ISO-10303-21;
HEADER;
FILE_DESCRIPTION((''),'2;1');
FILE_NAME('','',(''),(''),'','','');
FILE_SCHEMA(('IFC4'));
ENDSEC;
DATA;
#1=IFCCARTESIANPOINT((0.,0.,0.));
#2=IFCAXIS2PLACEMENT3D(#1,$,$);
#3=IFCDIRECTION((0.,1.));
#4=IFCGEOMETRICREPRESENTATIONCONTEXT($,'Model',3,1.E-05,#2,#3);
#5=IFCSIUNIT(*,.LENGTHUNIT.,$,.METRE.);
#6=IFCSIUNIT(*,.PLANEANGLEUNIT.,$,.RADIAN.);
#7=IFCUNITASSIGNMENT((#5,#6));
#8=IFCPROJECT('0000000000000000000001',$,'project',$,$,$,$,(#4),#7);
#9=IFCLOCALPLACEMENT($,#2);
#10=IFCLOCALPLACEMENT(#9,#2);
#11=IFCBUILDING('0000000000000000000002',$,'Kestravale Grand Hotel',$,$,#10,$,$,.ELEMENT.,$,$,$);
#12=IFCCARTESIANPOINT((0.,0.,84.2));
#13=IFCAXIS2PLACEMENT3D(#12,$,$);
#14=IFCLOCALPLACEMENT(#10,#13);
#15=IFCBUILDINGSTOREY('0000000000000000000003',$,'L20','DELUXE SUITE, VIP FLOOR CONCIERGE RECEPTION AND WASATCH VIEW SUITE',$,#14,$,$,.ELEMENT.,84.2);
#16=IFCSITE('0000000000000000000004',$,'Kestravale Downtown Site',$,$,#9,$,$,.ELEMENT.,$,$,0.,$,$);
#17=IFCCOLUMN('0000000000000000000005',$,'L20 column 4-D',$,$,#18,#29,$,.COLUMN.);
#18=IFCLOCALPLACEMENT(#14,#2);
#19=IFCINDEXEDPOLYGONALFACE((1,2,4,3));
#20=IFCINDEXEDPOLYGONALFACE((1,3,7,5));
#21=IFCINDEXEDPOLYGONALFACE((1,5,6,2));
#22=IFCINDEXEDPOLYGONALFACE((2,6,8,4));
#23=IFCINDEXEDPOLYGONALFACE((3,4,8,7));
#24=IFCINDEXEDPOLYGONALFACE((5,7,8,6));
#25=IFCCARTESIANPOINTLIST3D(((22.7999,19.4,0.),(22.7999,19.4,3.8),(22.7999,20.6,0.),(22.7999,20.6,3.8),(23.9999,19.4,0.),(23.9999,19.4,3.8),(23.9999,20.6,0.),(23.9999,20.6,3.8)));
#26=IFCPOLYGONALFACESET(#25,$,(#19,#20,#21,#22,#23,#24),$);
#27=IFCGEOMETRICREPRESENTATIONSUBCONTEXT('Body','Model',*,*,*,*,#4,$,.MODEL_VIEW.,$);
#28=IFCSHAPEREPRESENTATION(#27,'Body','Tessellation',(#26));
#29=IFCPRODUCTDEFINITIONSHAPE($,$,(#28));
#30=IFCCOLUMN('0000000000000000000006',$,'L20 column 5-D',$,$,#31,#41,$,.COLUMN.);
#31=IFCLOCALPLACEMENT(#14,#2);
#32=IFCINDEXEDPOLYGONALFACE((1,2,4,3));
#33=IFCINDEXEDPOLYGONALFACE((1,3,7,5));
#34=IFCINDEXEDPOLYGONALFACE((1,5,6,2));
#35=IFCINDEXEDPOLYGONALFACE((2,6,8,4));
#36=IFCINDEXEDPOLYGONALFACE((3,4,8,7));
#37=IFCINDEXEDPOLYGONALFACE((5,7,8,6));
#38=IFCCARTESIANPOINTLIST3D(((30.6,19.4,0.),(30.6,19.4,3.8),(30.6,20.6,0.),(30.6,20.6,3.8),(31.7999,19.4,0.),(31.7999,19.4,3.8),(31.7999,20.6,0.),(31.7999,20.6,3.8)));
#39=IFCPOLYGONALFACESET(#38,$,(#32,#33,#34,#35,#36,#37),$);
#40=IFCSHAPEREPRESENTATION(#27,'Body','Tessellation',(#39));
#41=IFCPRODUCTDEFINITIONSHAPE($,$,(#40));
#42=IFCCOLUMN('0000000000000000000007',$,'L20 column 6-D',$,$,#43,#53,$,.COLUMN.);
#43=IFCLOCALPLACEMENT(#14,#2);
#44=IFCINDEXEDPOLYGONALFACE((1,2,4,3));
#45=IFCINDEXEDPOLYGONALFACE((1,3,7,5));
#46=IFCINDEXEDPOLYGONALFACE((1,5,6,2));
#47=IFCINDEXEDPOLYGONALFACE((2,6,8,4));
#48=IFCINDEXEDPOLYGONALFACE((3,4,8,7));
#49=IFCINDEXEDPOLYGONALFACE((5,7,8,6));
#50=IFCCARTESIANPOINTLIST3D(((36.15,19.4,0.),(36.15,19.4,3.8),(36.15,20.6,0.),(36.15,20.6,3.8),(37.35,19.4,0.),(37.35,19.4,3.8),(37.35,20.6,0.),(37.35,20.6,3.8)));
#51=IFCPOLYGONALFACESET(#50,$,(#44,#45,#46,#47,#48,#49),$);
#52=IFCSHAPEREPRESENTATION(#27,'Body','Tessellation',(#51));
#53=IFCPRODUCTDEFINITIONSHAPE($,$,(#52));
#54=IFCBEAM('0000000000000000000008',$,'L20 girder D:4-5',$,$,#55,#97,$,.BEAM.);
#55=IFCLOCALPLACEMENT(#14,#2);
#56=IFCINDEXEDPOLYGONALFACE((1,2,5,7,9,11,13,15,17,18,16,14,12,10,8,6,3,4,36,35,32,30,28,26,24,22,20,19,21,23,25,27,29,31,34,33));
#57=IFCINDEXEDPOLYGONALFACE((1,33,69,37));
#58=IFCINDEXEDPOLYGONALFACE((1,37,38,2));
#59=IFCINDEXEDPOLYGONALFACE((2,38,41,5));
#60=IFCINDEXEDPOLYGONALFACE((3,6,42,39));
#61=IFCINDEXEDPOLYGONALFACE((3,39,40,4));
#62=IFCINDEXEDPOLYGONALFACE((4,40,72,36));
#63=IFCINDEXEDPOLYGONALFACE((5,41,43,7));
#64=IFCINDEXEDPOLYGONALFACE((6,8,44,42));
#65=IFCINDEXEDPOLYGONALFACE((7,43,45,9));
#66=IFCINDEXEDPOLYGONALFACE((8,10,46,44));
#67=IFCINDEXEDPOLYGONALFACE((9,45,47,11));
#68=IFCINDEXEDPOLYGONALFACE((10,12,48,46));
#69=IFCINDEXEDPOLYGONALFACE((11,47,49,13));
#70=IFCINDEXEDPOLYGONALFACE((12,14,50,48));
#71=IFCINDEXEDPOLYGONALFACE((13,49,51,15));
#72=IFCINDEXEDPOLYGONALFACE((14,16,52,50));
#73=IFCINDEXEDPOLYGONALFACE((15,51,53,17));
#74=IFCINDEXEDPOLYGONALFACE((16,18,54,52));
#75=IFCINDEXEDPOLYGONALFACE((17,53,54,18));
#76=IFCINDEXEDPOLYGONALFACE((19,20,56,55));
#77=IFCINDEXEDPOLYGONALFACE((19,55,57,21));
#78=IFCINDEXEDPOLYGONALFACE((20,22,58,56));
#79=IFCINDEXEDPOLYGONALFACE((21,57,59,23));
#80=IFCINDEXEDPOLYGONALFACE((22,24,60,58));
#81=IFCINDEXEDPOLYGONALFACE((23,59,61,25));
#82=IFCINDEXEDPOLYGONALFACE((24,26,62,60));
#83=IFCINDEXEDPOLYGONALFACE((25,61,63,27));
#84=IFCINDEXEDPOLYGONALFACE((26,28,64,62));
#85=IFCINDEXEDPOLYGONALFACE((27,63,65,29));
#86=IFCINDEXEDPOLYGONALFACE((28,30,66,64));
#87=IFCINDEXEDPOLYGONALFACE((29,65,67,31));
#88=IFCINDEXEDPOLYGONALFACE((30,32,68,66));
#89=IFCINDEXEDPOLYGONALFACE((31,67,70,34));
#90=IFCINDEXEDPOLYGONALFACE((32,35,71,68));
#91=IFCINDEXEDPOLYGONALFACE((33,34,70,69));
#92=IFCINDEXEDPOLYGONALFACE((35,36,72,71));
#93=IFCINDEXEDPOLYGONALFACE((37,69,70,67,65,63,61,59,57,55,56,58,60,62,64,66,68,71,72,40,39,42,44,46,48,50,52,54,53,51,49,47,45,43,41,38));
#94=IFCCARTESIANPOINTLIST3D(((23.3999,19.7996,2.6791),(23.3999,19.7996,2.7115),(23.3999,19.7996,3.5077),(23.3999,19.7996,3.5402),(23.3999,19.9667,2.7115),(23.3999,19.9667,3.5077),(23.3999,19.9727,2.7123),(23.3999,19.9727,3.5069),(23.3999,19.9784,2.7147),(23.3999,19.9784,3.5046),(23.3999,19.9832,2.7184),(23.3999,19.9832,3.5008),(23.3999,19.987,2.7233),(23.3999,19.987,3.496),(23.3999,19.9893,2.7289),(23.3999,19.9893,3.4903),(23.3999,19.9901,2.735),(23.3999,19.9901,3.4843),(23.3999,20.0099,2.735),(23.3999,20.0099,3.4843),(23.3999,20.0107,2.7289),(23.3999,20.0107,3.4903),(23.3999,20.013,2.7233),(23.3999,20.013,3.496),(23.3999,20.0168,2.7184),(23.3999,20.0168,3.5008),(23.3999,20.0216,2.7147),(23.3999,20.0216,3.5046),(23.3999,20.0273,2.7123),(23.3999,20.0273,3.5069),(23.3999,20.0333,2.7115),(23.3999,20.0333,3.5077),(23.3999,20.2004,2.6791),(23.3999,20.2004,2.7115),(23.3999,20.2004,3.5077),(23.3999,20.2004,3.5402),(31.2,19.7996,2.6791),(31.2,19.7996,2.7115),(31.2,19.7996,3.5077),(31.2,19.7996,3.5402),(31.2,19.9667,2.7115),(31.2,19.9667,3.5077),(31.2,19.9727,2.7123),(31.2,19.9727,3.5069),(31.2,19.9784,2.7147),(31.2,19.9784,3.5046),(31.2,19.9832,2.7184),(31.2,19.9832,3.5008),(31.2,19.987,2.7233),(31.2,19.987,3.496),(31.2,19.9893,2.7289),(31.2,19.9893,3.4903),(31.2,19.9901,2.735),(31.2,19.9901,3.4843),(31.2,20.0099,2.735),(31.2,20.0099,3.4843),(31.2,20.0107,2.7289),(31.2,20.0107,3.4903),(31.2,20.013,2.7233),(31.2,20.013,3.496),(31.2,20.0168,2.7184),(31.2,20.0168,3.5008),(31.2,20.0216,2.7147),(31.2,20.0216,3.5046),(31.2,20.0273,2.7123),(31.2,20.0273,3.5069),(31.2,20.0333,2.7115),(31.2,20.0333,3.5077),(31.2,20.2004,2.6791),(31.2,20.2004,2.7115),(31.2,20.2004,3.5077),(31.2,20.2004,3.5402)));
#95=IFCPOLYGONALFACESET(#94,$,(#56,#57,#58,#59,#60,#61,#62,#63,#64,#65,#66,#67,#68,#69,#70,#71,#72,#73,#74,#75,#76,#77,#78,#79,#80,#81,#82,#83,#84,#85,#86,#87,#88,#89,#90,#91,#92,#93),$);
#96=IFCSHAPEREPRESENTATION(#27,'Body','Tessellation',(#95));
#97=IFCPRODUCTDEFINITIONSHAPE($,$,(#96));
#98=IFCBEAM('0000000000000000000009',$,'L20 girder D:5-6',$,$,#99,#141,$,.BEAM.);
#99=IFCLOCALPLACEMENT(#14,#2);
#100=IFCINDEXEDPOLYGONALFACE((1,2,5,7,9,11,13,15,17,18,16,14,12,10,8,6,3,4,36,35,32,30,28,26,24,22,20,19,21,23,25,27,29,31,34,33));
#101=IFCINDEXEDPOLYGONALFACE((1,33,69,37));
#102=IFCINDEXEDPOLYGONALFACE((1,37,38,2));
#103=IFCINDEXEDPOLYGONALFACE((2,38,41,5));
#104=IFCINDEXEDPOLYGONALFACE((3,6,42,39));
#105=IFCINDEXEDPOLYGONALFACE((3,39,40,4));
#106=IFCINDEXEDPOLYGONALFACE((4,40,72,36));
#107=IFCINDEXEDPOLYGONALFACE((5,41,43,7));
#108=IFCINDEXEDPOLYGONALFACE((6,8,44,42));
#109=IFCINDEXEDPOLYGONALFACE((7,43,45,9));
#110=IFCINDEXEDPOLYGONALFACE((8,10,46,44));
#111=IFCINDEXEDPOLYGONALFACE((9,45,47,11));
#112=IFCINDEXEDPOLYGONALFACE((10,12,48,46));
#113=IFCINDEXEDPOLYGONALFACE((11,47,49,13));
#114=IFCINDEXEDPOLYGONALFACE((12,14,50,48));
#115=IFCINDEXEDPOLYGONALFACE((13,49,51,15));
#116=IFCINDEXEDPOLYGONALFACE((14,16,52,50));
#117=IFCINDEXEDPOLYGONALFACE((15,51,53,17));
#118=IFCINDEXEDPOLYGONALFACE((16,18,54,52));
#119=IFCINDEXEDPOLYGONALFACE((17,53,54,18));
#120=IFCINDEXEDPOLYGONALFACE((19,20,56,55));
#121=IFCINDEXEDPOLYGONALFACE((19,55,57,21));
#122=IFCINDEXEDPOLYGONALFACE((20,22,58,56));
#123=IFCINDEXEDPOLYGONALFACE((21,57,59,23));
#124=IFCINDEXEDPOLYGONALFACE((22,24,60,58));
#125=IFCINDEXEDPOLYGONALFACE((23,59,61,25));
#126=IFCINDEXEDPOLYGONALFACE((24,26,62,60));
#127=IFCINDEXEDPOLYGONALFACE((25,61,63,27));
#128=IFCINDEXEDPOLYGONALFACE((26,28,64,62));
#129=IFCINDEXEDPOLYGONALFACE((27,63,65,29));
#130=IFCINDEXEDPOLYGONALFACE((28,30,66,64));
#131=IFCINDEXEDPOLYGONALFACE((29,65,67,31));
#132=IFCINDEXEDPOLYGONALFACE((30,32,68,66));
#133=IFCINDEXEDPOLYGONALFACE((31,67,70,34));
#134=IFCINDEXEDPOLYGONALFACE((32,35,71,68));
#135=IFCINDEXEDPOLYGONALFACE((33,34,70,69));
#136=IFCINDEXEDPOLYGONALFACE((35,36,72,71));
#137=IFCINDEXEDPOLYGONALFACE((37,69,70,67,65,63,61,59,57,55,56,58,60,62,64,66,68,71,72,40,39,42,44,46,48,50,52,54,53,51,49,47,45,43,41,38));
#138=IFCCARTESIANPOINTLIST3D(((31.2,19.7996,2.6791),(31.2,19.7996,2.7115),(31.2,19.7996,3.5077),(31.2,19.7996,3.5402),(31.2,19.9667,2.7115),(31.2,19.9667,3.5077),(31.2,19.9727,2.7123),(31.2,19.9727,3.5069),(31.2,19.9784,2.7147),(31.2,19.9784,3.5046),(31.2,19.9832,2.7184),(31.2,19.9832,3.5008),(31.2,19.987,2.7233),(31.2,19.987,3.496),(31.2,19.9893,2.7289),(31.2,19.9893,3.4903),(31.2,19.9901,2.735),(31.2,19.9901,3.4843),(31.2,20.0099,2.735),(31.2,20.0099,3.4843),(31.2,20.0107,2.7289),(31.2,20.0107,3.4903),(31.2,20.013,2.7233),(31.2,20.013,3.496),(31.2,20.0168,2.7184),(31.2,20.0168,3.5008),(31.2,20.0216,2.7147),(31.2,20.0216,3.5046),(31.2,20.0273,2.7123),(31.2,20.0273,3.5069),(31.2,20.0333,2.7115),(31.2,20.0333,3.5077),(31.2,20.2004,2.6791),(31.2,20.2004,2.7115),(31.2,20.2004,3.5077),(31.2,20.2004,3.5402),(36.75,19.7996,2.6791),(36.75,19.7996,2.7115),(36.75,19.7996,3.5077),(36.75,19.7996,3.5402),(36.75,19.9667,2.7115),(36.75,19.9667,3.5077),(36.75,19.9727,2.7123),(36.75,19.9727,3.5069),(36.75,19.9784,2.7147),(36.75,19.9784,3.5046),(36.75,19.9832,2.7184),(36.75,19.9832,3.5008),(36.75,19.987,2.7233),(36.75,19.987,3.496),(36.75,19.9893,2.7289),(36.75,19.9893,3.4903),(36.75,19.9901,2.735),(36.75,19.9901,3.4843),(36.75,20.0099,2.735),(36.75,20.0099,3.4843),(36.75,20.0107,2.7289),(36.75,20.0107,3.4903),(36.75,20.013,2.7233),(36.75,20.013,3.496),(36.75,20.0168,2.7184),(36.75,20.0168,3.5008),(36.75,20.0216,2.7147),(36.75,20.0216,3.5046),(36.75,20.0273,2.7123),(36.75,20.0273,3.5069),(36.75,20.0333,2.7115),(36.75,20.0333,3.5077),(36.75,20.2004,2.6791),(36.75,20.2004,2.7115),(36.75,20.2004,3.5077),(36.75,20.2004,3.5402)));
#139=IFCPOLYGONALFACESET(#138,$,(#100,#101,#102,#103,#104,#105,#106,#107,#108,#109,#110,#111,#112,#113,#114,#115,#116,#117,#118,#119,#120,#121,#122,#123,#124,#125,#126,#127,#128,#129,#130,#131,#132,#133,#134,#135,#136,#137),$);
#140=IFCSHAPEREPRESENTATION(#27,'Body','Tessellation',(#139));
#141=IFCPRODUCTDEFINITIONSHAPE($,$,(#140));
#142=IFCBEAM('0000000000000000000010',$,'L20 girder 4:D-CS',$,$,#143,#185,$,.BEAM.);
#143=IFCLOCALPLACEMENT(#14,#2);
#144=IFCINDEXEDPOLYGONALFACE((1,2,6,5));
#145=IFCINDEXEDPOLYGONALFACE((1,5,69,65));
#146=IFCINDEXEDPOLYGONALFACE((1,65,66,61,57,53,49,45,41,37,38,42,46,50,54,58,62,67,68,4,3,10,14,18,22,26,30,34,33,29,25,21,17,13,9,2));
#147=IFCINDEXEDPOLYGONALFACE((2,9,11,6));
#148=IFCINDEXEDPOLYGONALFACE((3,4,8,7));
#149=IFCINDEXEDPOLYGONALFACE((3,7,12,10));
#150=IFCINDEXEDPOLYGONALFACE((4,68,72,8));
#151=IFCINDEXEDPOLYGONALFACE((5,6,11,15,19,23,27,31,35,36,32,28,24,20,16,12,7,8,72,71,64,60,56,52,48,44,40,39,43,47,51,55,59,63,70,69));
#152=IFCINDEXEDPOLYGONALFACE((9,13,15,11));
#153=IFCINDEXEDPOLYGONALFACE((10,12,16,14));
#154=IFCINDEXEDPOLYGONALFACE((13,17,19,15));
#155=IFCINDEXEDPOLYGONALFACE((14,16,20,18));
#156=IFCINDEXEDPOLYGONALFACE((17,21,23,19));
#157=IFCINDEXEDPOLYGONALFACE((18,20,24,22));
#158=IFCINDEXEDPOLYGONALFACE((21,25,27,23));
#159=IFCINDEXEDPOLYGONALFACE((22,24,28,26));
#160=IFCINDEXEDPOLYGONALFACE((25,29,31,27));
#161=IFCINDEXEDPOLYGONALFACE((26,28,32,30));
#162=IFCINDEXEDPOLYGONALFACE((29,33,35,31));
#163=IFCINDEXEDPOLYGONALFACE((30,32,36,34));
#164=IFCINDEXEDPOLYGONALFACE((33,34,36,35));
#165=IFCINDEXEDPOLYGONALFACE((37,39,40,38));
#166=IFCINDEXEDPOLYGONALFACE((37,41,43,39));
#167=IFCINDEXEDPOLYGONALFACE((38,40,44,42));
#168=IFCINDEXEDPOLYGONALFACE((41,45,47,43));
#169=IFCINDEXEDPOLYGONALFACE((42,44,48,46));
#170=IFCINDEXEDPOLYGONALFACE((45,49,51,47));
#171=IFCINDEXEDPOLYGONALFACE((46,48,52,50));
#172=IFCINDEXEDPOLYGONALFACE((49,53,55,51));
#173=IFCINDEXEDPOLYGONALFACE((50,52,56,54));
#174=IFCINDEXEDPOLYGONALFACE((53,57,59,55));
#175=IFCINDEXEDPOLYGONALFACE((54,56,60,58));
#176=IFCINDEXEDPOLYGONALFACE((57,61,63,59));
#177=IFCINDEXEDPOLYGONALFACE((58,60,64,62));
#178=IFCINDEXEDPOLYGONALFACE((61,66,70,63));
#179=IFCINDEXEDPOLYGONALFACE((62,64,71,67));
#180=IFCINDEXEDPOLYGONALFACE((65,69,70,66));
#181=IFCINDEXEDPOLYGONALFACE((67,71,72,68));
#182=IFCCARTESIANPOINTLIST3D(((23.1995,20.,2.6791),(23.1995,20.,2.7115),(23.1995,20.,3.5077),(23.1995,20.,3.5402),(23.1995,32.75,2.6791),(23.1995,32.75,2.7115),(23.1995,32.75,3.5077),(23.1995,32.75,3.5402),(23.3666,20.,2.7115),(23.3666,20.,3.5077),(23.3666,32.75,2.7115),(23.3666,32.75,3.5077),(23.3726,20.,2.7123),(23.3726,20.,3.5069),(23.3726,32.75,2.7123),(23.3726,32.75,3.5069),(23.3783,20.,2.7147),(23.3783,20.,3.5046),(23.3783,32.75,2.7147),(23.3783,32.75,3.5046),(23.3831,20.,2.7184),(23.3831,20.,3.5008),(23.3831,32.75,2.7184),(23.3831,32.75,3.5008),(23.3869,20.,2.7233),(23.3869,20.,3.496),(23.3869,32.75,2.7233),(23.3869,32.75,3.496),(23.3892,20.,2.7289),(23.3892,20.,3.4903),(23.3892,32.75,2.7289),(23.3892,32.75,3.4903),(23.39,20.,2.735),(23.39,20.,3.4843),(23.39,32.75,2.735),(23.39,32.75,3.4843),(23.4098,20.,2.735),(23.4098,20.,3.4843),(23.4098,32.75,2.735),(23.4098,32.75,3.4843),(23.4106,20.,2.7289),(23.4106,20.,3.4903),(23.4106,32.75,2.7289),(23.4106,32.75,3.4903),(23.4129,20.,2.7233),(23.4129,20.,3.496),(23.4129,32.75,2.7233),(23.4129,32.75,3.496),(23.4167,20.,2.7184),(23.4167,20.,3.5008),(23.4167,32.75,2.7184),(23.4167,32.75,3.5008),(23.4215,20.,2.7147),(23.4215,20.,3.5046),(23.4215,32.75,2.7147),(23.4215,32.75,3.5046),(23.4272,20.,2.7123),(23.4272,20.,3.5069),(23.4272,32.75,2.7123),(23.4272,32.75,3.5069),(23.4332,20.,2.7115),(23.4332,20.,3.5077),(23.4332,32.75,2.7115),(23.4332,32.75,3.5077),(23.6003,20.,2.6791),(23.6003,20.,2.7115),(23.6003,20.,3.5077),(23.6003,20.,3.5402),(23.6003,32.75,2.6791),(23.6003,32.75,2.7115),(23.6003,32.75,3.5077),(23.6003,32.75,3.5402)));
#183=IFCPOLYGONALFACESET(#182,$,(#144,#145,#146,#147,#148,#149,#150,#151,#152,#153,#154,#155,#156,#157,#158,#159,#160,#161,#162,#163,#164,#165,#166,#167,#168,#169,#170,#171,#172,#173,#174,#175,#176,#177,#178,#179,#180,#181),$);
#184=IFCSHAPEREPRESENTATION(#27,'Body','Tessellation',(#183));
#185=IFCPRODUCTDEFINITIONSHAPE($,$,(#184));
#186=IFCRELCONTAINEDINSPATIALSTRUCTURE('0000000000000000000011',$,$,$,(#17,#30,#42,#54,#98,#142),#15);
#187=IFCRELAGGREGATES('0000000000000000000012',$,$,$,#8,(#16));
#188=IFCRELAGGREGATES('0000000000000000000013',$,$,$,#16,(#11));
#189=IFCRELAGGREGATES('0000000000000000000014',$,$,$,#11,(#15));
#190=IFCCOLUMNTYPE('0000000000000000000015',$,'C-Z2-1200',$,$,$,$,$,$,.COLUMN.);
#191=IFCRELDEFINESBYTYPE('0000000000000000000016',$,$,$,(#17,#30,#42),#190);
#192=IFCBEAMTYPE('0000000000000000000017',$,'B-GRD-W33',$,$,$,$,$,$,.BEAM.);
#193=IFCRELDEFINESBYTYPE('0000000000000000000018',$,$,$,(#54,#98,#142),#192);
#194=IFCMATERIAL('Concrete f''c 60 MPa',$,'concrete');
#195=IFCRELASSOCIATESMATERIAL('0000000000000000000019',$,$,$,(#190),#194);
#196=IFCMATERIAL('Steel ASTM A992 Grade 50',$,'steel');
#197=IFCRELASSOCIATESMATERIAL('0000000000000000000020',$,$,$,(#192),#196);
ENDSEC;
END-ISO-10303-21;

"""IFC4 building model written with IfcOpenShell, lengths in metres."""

from ifc_helpers import new_model, si_unit, direction, frame, origin, origin_2d, place, context, subcontext, project, spatial, rectangle, i_section, extrude, material, material_profile, profile_set, type_object, element, save


model = new_model("IFC4")

# Units and contexts
model_context = context("Model", 3, precision=1e-05, world=origin(), true_north=direction((0.0, 1.0)))
body_context = subcontext(model_context, "Body", "Model", "MODEL_VIEW")
ifc_project = project(units=[si_unit("LENGTHUNIT", "METRE"), si_unit("PLANEANGLEUNIT", "RADIAN")], contexts=[model_context])

# Site, building, storey
site_placement = place(None, origin())
site = spatial("IfcSite", under=ifc_project, at=site_placement, Name="Kestravale Downtown Site", CompositionType="ELEMENT", RefElevation=0.0)
building_placement = place(site_placement, origin())
building = spatial("IfcBuilding", under=site, at=building_placement, Name="Kestravale Grand Hotel", CompositionType="ELEMENT")
storey_placement = place(building_placement, frame((0.0, 0.0, 84.2)))
storey = spatial("IfcBuildingStorey", under=building, at=storey_placement, Name="L20", Description="DELUXE SUITE, VIP FLOOR CONCIERGE RECEPTION AND WASATCH VIEW SUITE", CompositionType="ELEMENT", Elevation=84.2)

# Columns
ifc_material_1 = material(Name="Concrete f'c 60 MPa", Category="concrete")
ifc_material_profile_1 = material_profile(ifc_material_1, rectangle(XDim=1.2, YDim=1.2, at=origin_2d()))
ifc_profile_set_1 = profile_set([ifc_material_profile_1], Name="Concrete f'c 60 MPa")
column_type = type_object("IfcColumnType", Name="C-Z2-1200", PredefinedType="COLUMN", material=ifc_profile_set_1)
for number, where, z_axis, x_axis, name in (
    (1, (23.3999, 20.0, 0.0), (0.0, 0.0, 1.0), (1.0, 0.0, 0.0), "L20 column 4-D"),
    (2, (31.2, 20.0, 0.0), (0.0, 0.0, 1.0), (1.0, 0.0, 0.0), "L20 column 5-D"),
    (3, (36.75, 20.0, 0.0), (0.0, 0.0, 1.0), (1.0, 0.0, 0.0), "L20 column 6-D"),
):
    element("IfcColumn", number, at=place(storey_placement, frame(where, z_axis=z_axis, x_axis=x_axis)), inside=storey, type_object=column_type, Name=name, PredefinedType="COLUMN", context=body_context, shape_type="SweptSolid", body=[
        extrude(rectangle(XDim=1.2, YDim=1.2, at=origin_2d()), origin(), (0.0, 0.0, 1.0), 3.8),
    ])

# Beams
ifc_material_2 = material(Name="Steel ASTM A992 Grade 50", Category="steel")
ifc_material_profile_2 = material_profile(ifc_material_2, i_section(OverallWidth=0.4009, OverallDepth=0.8611, WebThickness=0.0198, FlangeThickness=0.0325, FilletRadius=0.0234, at=origin_2d()))
ifc_profile_set_2 = profile_set([ifc_material_profile_2], Name="Steel ASTM A992 Grade 50")
beam_type = type_object("IfcBeamType", Name="B-GRD-W33", PredefinedType="BEAM", material=ifc_profile_set_2)
beam_1_placement = place(storey_placement, frame((23.3999, 20.0, 3.1096), z_axis=(1.0, 0.0, 0.0), x_axis=(0.0, 1.0, 0.0)))
element("IfcBeam", 4, at=beam_1_placement, inside=storey, type_object=beam_type, Name="L20 girder D:4-5", PredefinedType="BEAM", context=body_context, shape_type="SweptSolid", body=[
    extrude(i_section(OverallWidth=0.4009, OverallDepth=0.8611, WebThickness=0.0198, FlangeThickness=0.0325, FilletRadius=0.0234, at=origin_2d()), origin(), (0.0, 0.0, 1.0), 7.8),
])
beam_2_placement = place(storey_placement, frame((31.2, 20.0, 3.1096), z_axis=(1.0, 0.0, 0.0), x_axis=(0.0, 1.0, 0.0)))
element("IfcBeam", 5, at=beam_2_placement, inside=storey, type_object=beam_type, Name="L20 girder D:5-6", PredefinedType="BEAM", context=body_context, shape_type="SweptSolid", body=[
    extrude(i_section(OverallWidth=0.4009, OverallDepth=0.8611, WebThickness=0.0198, FlangeThickness=0.0325, FilletRadius=0.0234, at=origin_2d()), origin(), (0.0, 0.0, 1.0), 5.55),
])
for number, where, z_axis, x_axis, name in (
    (6, (23.3999, 20.0, 3.1096), (0.0, 1.0, 0.0), (-1.0, 0.0, 0.0), "L20 girder 4:D-CS"),
):
    element("IfcBeam", number, at=place(storey_placement, frame(where, z_axis=z_axis, x_axis=x_axis)), inside=storey, type_object=beam_type, Name=name, PredefinedType="BEAM", context=body_context, shape_type="SweptSolid", body=[
        extrude(i_section(OverallWidth=0.4009, OverallDepth=0.8611, WebThickness=0.0198, FlangeThickness=0.0325, FilletRadius=0.0234, at=origin_2d()), origin(), (0.0, 0.0, 1.0), 12.75),
    ])

save(model, "model.ifc")
